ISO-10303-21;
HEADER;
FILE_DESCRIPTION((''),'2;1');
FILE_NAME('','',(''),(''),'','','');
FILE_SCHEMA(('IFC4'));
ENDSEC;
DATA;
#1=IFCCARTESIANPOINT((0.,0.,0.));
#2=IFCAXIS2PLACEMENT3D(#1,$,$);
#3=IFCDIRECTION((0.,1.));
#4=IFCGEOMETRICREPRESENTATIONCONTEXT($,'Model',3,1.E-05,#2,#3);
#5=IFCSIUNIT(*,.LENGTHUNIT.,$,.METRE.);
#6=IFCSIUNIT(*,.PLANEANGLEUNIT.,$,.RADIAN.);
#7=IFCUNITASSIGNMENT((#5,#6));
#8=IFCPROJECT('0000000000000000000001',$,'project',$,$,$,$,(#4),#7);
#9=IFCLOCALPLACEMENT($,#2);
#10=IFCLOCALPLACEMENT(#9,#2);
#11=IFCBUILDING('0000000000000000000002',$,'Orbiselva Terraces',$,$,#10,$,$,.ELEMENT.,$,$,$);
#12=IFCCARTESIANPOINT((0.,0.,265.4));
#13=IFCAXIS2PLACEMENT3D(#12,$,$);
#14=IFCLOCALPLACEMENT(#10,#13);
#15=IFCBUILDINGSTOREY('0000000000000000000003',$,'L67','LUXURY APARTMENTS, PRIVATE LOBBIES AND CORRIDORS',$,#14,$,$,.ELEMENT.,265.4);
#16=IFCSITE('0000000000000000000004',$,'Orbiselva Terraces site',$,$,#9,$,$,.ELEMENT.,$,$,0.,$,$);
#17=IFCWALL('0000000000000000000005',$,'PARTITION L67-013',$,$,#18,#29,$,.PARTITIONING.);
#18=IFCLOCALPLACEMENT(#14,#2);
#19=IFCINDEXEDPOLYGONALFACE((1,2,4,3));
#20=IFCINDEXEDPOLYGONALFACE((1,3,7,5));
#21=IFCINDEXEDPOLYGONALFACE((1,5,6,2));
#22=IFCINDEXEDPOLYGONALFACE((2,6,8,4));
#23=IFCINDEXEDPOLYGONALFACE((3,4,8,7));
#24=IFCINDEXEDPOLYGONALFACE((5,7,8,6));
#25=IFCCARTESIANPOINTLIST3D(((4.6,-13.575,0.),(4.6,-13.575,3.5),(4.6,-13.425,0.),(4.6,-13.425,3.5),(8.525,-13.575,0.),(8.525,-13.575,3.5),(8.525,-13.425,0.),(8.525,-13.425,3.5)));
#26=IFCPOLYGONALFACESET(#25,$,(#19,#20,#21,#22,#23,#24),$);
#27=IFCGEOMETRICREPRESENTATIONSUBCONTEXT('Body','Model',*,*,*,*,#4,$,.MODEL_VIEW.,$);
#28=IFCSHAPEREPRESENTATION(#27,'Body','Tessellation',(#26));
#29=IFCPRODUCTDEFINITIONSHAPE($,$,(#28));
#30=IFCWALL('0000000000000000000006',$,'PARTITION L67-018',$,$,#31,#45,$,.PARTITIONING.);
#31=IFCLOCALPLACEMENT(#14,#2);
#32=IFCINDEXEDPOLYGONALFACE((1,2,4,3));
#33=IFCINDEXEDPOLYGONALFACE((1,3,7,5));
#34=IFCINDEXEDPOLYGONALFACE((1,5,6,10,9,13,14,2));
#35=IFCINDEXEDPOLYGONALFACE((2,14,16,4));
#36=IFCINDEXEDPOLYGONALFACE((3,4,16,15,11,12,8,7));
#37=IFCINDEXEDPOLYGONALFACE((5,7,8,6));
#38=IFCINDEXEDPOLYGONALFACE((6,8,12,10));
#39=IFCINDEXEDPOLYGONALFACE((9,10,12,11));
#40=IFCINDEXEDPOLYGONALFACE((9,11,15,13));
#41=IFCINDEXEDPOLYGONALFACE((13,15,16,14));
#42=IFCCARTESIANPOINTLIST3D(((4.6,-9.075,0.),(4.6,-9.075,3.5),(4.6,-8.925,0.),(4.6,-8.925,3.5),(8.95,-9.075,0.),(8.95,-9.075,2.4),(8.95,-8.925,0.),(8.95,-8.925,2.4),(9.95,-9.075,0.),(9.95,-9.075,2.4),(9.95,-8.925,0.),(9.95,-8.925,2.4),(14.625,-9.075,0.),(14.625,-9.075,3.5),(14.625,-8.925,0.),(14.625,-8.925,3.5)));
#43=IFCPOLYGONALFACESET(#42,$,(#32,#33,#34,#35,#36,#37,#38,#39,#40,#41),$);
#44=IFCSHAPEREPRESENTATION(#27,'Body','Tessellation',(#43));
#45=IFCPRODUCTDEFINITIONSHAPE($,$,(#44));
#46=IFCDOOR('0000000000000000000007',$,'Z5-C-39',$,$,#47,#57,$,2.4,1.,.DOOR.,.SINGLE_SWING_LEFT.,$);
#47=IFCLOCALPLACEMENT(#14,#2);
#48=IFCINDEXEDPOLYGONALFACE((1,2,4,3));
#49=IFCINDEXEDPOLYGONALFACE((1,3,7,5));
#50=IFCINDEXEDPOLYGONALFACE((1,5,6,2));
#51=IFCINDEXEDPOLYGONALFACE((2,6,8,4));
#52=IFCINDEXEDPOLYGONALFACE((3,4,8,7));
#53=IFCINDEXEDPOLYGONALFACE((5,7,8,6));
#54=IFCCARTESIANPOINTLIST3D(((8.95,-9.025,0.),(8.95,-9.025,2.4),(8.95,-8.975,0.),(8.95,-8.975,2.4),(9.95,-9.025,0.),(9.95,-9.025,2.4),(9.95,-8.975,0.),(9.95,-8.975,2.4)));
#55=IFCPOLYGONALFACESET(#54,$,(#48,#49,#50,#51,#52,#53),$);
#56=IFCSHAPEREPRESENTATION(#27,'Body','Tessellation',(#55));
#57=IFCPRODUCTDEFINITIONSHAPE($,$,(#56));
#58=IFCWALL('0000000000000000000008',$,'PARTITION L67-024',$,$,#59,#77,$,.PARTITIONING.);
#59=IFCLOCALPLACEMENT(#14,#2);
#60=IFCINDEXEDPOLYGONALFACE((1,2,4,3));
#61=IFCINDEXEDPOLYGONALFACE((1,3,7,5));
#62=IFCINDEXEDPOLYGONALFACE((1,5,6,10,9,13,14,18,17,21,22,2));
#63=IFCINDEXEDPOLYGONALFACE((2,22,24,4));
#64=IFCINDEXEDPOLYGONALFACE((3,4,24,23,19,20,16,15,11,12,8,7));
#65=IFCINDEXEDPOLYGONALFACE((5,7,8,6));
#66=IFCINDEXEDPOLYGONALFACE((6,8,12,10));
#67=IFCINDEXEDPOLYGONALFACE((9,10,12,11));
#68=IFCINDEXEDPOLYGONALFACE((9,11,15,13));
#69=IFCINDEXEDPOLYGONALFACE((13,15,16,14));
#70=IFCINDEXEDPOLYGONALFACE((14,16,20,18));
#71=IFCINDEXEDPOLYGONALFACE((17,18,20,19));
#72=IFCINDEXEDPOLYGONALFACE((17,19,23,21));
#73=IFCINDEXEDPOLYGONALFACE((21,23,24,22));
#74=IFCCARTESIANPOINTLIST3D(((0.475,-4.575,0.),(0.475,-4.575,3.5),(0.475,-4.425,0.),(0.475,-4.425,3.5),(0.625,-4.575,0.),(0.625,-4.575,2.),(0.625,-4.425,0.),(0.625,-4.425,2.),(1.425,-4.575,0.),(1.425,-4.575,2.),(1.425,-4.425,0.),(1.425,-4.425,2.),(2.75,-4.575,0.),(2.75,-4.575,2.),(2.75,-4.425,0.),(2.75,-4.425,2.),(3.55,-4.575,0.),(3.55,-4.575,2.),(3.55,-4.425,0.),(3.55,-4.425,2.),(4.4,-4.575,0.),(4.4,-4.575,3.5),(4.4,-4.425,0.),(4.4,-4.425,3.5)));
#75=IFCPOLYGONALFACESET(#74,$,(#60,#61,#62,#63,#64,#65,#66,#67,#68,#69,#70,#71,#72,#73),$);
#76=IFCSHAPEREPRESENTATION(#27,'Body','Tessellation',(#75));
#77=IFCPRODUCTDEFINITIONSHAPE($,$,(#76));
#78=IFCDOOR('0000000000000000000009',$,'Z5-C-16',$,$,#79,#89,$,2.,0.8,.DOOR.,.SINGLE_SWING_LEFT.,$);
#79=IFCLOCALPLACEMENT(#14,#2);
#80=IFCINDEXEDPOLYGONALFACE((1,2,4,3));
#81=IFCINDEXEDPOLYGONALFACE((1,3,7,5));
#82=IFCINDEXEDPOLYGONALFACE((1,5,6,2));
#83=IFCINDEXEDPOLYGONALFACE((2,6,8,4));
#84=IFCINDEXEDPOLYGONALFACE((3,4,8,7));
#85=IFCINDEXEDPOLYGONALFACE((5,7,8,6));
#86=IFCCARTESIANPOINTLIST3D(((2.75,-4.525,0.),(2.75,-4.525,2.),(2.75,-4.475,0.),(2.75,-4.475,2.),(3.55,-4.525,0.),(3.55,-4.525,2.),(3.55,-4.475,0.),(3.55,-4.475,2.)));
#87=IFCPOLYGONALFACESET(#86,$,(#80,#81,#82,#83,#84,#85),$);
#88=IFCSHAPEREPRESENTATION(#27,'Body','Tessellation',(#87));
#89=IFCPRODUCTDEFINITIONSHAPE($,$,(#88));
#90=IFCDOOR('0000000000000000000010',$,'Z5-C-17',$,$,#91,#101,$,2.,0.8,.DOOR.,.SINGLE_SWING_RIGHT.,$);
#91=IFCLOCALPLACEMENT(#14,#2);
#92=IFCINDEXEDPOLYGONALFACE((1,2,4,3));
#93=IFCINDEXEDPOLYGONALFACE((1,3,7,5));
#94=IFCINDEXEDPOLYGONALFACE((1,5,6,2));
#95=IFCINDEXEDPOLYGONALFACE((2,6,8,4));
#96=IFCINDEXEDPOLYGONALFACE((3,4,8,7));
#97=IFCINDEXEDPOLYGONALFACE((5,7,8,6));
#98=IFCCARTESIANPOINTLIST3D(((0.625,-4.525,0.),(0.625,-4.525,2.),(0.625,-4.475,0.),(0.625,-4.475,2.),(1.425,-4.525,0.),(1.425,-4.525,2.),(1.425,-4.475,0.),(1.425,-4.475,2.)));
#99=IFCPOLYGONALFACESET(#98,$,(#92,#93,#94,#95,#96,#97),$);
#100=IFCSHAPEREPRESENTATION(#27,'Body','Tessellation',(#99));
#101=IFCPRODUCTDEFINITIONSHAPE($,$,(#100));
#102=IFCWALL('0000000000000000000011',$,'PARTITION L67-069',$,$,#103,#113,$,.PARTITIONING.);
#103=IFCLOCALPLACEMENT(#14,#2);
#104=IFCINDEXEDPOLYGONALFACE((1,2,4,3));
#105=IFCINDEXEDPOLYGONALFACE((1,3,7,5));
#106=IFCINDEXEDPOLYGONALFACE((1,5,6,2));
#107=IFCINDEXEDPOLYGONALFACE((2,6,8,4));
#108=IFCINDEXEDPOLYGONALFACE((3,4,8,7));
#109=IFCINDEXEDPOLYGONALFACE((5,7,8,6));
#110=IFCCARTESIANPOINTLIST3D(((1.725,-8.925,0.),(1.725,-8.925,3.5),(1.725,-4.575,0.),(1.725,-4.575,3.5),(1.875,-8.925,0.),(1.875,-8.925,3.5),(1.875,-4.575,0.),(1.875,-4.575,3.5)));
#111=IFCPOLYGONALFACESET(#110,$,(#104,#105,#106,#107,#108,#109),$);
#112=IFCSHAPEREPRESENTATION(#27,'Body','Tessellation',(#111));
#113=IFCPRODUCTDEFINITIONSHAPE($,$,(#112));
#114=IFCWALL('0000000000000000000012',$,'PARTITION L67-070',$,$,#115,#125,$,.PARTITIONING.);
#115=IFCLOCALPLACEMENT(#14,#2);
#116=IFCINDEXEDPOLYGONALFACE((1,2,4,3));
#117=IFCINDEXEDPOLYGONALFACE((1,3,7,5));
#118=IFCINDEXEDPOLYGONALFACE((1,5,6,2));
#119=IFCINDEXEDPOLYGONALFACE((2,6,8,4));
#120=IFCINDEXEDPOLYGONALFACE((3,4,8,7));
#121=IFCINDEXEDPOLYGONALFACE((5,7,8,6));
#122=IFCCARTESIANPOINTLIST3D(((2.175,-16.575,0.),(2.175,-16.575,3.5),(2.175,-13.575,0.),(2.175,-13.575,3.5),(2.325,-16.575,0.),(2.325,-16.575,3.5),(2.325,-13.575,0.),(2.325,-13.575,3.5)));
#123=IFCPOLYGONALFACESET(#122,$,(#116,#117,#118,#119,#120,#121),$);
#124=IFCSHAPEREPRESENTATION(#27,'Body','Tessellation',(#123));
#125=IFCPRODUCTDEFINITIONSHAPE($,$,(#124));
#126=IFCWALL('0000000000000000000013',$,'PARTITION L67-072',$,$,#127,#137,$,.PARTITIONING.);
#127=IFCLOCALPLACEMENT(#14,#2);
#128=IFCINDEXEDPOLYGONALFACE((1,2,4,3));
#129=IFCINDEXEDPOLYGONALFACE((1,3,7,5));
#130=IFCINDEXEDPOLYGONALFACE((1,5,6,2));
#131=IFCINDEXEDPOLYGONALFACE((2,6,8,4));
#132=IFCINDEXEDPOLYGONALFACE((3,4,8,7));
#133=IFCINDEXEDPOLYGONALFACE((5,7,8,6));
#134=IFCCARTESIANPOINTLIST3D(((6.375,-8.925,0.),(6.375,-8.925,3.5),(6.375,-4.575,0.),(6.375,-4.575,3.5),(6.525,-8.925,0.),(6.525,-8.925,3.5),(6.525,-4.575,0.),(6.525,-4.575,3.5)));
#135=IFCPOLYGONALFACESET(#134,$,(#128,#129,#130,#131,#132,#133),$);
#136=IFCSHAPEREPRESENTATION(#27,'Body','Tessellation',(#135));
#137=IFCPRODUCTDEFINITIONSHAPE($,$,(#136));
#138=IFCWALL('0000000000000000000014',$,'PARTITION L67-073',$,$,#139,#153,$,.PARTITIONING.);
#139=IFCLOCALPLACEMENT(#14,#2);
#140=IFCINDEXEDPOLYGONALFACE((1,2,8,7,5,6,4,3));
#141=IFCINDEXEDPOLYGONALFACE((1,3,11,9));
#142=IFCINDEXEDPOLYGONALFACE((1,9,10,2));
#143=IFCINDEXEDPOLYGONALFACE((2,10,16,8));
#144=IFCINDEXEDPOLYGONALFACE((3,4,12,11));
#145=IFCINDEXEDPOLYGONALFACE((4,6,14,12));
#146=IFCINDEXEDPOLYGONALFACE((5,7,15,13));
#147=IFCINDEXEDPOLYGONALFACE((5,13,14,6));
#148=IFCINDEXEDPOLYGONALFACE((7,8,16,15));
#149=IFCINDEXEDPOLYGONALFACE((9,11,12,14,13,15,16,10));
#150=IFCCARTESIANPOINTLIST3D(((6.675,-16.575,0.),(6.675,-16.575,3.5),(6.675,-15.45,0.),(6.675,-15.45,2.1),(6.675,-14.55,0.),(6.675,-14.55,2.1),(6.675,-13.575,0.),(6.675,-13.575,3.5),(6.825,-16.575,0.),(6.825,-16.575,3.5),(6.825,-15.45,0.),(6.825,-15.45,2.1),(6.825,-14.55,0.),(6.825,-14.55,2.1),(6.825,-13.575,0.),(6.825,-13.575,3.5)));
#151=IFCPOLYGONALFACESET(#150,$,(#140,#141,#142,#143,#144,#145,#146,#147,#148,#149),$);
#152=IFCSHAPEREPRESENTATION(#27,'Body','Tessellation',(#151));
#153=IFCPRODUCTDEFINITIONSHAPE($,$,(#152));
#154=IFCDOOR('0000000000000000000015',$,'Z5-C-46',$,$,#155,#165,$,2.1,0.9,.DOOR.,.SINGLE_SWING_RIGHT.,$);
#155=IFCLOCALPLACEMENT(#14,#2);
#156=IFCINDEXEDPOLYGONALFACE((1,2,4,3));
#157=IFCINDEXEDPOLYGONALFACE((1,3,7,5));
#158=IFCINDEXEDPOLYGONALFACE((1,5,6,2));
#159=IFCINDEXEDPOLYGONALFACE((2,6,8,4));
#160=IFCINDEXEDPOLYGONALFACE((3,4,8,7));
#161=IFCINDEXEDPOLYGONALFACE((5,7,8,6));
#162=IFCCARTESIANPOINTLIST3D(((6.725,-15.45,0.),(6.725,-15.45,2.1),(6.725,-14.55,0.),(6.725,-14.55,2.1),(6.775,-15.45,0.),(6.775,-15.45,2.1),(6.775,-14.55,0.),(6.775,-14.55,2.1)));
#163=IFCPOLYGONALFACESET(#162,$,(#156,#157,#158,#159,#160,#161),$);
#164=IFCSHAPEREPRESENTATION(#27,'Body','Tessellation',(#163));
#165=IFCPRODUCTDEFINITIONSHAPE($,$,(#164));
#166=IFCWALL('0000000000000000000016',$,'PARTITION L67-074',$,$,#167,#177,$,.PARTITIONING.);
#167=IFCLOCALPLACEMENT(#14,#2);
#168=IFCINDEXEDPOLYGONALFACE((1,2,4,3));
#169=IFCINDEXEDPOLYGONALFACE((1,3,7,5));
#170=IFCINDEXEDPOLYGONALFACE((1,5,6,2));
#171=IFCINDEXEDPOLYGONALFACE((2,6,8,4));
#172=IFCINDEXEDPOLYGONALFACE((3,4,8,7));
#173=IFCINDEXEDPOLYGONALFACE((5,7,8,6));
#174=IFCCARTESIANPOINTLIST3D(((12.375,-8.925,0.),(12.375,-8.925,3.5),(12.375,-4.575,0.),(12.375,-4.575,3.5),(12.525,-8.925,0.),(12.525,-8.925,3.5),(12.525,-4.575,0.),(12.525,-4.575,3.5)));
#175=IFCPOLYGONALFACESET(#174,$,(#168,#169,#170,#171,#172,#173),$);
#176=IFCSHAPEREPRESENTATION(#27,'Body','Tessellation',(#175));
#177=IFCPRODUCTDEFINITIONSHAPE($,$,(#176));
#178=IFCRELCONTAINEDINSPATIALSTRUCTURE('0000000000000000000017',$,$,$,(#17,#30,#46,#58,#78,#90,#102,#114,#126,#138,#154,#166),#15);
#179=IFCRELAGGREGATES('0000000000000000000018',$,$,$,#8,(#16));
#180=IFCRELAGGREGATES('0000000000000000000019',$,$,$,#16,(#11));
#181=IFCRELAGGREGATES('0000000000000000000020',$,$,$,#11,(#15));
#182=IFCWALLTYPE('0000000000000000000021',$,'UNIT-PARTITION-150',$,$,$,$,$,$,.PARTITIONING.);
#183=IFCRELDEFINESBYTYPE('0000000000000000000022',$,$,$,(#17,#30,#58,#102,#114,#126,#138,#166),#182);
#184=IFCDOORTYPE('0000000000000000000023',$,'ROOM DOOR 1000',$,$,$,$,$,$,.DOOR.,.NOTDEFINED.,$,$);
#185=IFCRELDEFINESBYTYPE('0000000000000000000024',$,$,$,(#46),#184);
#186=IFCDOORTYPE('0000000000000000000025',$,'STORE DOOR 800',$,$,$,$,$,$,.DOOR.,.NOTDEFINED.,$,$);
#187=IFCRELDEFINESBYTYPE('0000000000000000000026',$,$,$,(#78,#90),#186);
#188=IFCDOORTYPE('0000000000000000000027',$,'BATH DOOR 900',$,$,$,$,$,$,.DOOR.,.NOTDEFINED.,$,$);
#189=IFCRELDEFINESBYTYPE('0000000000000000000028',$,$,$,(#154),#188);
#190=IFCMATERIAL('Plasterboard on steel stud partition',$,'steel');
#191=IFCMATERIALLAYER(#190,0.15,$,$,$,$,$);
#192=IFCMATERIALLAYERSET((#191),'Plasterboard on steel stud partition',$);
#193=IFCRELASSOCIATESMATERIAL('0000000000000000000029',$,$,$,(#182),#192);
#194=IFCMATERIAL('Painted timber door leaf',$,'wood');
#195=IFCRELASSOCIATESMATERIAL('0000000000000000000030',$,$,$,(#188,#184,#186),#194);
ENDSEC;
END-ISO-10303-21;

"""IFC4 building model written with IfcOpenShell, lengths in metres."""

from ifc_helpers import new_model, si_unit, direction, frame, frame_2d, origin, place, context, subcontext, project, spatial, rectangle, extrude, material, layer, layer_set, type_object, element, fill, save


model = new_model("IFC4")

# Units and contexts
model_context = context("Model", 3, precision=1e-05, world=origin(), true_north=direction((0.0, 1.0)))
body_context = subcontext(model_context, "Body", "Model", "MODEL_VIEW")
ifc_project = project(units=[si_unit("LENGTHUNIT", "METRE"), si_unit("PLANEANGLEUNIT", "RADIAN")], contexts=[model_context])

# Site, building, storey
site_placement = place(None, origin())
site = spatial("IfcSite", under=ifc_project, at=site_placement, Name="Orbiselva Terraces site", CompositionType="ELEMENT", RefElevation=0.0)
building_placement = place(site_placement, origin())
building = spatial("IfcBuilding", under=site, at=building_placement, Name="Orbiselva Terraces", CompositionType="ELEMENT")
storey_placement = place(building_placement, frame((0.0, 0.0, 265.4)))
storey = spatial("IfcBuildingStorey", under=building, at=storey_placement, Name="L67", Description="LUXURY APARTMENTS, PRIVATE LOBBIES AND CORRIDORS", CompositionType="ELEMENT", Elevation=265.4)

# Shared definitions
ifc_material_1 = material(Name="Plasterboard on steel stud partition", Category="steel")
ifc_layer_1 = layer(ifc_material_1, 0.15)
ifc_layer_set_1 = layer_set([ifc_layer_1], Name="Plasterboard on steel stud partition")
wall_type_1 = type_object("IfcWallType", Name="UNIT-PARTITION-150", PredefinedType="PARTITIONING", material=ifc_layer_set_1)
ifc_material_2 = material(Name="Painted timber door leaf", Category="wood")
door_type_1 = type_object("IfcDoorType", Name="BATH DOOR 900", OperationType="NOTDEFINED", PredefinedType="DOOR", material=ifc_material_2)

# Wall
for number, where, z_axis, x_axis, name in (
    (1, (4.6, -13.5, 0.0), (0.0, 0.0, 1.0), (1.0, 0.0, 0.0), "PARTITION L67-013"),
):
    element("IfcWall", number, at=place(storey_placement, frame(where, z_axis=z_axis, x_axis=x_axis)), inside=storey, type_object=wall_type_1, Name=name, PredefinedType="PARTITIONING", context=body_context, shape_type="SweptSolid", body=[
        extrude(rectangle(XDim=3.925, YDim=0.15, at=frame_2d((1.9625, 0.0))), origin(), (0.0, 0.0, 1.0), 3.5),
    ])

# Wall, opening, door
wall_1_placement = place(storey_placement, frame((4.6, -9.0, 0.0), z_axis=(0.0, 0.0, 1.0), x_axis=(1.0, 0.0, 0.0)))
wall_1 = element("IfcWall", 2, at=wall_1_placement, inside=storey, type_object=wall_type_1, Name="PARTITION L67-018", PredefinedType="PARTITIONING", context=body_context, shape_type="SweptSolid", body=[
    extrude(rectangle(XDim=10.025, YDim=0.15, at=frame_2d((5.0125, 0.0))), origin(), (0.0, 0.0, 1.0), 3.5),
])
opening_1_placement = place(wall_1_placement, frame((4.35, 0.0, 0.0)))
opening_1 = element("IfcOpeningElement", 3, at=opening_1_placement, cuts=wall_1, PredefinedType="OPENING", context=body_context, shape_type="SweptSolid", body=[
    extrude(rectangle(XDim=1.0, YDim=2.4, at=frame_2d((0.5, 1.2))), frame((0.0, 0.085, 0.0), z_axis=(0.0, -1.0, 0.0), x_axis=(1.0, 0.0, 0.0)), (0.0, 0.0, 1.0), 0.17),
])
door_type_2 = type_object("IfcDoorType", Name="ROOM DOOR 1000", OperationType="NOTDEFINED", PredefinedType="DOOR", material=ifc_material_2)
door_1_placement = place(opening_1_placement, origin())
door_1 = element("IfcDoor", 4, at=door_1_placement, inside=storey, type_object=door_type_2, Name="Z5-C-39", OperationType="SINGLE_SWING_LEFT", OverallHeight=2.4, OverallWidth=1.0, PredefinedType="DOOR", context=body_context, shape_type="SweptSolid", body=[
    extrude(rectangle(XDim=1.0, YDim=2.4, at=frame_2d((0.5, 1.2))), frame((0.0, 0.025, 0.0), z_axis=(0.0, -1.0, 0.0), x_axis=(1.0, 0.0, 0.0)), (0.0, 0.0, 1.0), 0.05),
])
fill(opening_1, door_1)

# Wall, openings, doors
wall_2_placement = place(storey_placement, frame((4.4, -4.5, 0.0), z_axis=(0.0, 0.0, 1.0), x_axis=(-1.0, 0.0, 0.0)))
wall_2 = element("IfcWall", 5, at=wall_2_placement, inside=storey, type_object=wall_type_1, Name="PARTITION L67-024", PredefinedType="PARTITIONING", context=body_context, shape_type="SweptSolid", body=[
    extrude(rectangle(XDim=3.925, YDim=0.15, at=frame_2d((1.9625, 0.0))), origin(), (0.0, 0.0, 1.0), 3.5),
])
opening_2_placement = place(wall_2_placement, frame((0.85, 0.0, 0.0)))
opening_2 = element("IfcOpeningElement", 6, at=opening_2_placement, cuts=wall_2, PredefinedType="OPENING", context=body_context, shape_type="SweptSolid", body=[
    extrude(rectangle(XDim=0.8, YDim=2.0, at=frame_2d((0.4, 1.0))), frame((0.0, 0.085, 0.0), z_axis=(0.0, -1.0, 0.0), x_axis=(1.0, 0.0, 0.0)), (0.0, 0.0, 1.0), 0.17),
])
opening_3_placement = place(wall_2_placement, frame((2.975, 0.0, 0.0)))
opening_3 = element("IfcOpeningElement", 7, at=opening_3_placement, cuts=wall_2, PredefinedType="OPENING", context=body_context, shape_type="SweptSolid", body=[
    extrude(rectangle(XDim=0.8, YDim=2.0, at=frame_2d((0.4, 1.0))), frame((0.0, 0.085, 0.0), z_axis=(0.0, -1.0, 0.0), x_axis=(1.0, 0.0, 0.0)), (0.0, 0.0, 1.0), 0.17),
])
door_type_3 = type_object("IfcDoorType", Name="STORE DOOR 800", OperationType="NOTDEFINED", PredefinedType="DOOR", material=ifc_material_2)
door_2_placement = place(opening_2_placement, origin())
door_2 = element("IfcDoor", 8, at=door_2_placement, inside=storey, type_object=door_type_3, Name="Z5-C-16", OperationType="SINGLE_SWING_LEFT", OverallHeight=2.0, OverallWidth=0.8, PredefinedType="DOOR", context=body_context, shape_type="SweptSolid", body=[
    extrude(rectangle(XDim=0.8, YDim=2.0, at=frame_2d((0.4, 1.0))), frame((0.0, 0.025, 0.0), z_axis=(0.0, -1.0, 0.0), x_axis=(1.0, 0.0, 0.0)), (0.0, 0.0, 1.0), 0.05),
])
fill(opening_2, door_2)
door_3_placement = place(opening_3_placement, origin())
door_3 = element("IfcDoor", 9, at=door_3_placement, inside=storey, type_object=door_type_3, Name="Z5-C-17", OperationType="SINGLE_SWING_RIGHT", OverallHeight=2.0, OverallWidth=0.8, PredefinedType="DOOR", context=body_context, shape_type="SweptSolid", body=[
    extrude(rectangle(XDim=0.8, YDim=2.0, at=frame_2d((0.4, 1.0))), frame((0.0, 0.025, 0.0), z_axis=(0.0, -1.0, 0.0), x_axis=(1.0, 0.0, 0.0)), (0.0, 0.0, 1.0), 0.05),
])
fill(opening_3, door_3)

# Walls
wall_3_placement = place(storey_placement, frame((1.8, -8.925, 0.0), z_axis=(0.0, 0.0, 1.0), x_axis=(0.0, 1.0, 0.0)))
element("IfcWall", 10, at=wall_3_placement, inside=storey, type_object=wall_type_1, Name="PARTITION L67-069", PredefinedType="PARTITIONING", context=body_context, shape_type="SweptSolid", body=[
    extrude(rectangle(XDim=4.35, YDim=0.15, at=frame_2d((2.175, 0.0))), origin(), (0.0, 0.0, 1.0), 3.5),
])
wall_4_placement = place(storey_placement, frame((2.25, -16.575, 0.0), z_axis=(0.0, 0.0, 1.0), x_axis=(0.0, 1.0, 0.0)))
element("IfcWall", 11, at=wall_4_placement, inside=storey, type_object=wall_type_1, Name="PARTITION L67-070", PredefinedType="PARTITIONING", context=body_context, shape_type="SweptSolid", body=[
    extrude(rectangle(XDim=3.0, YDim=0.15, at=frame_2d((1.5, 0.0))), origin(), (0.0, 0.0, 1.0), 3.5),
])
wall_5_placement = place(storey_placement, frame((6.45, -8.925, 0.0), z_axis=(0.0, 0.0, 1.0), x_axis=(0.0, 1.0, 0.0)))
element("IfcWall", 12, at=wall_5_placement, inside=storey, type_object=wall_type_1, Name="PARTITION L67-072", PredefinedType="PARTITIONING", context=body_context, shape_type="SweptSolid", body=[
    extrude(rectangle(XDim=4.35, YDim=0.15, at=frame_2d((2.175, 0.0))), origin(), (0.0, 0.0, 1.0), 3.5),
])

# Wall, opening, door
wall_6_placement = place(storey_placement, frame((6.75, -16.575, 0.0), z_axis=(0.0, 0.0, 1.0), x_axis=(0.0, 1.0, 0.0)))
wall_6 = element("IfcWall", 13, at=wall_6_placement, inside=storey, type_object=wall_type_1, Name="PARTITION L67-073", PredefinedType="PARTITIONING", context=body_context, shape_type="SweptSolid", body=[
    extrude(rectangle(XDim=3.0, YDim=0.15, at=frame_2d((1.5, 0.0))), origin(), (0.0, 0.0, 1.0), 3.5),
])
opening_4_placement = place(wall_6_placement, frame((1.125, 0.0, 0.0)))
opening_4 = element("IfcOpeningElement", 14, at=opening_4_placement, cuts=wall_6, PredefinedType="OPENING", context=body_context, shape_type="SweptSolid", body=[
    extrude(rectangle(XDim=0.9, YDim=2.1, at=frame_2d((0.45, 1.05))), frame((0.0, 0.085, 0.0), z_axis=(0.0, -1.0, 0.0), x_axis=(1.0, 0.0, 0.0)), (0.0, 0.0, 1.0), 0.17),
])
door_4_placement = place(opening_4_placement, origin())
door_4 = element("IfcDoor", 15, at=door_4_placement, inside=storey, type_object=door_type_1, Name="Z5-C-46", OperationType="SINGLE_SWING_RIGHT", OverallHeight=2.1, OverallWidth=0.9, PredefinedType="DOOR", context=body_context, shape_type="SweptSolid", body=[
    extrude(rectangle(XDim=0.9, YDim=2.1, at=frame_2d((0.45, 1.05))), frame((0.0, 0.025, 0.0), z_axis=(0.0, -1.0, 0.0), x_axis=(1.0, 0.0, 0.0)), (0.0, 0.0, 1.0), 0.05),
])
fill(opening_4, door_4)

# Wall
wall_7_placement = place(storey_placement, frame((12.45, -8.925, 0.0), z_axis=(0.0, 0.0, 1.0), x_axis=(0.0, 1.0, 0.0)))
element("IfcWall", 16, at=wall_7_placement, inside=storey, type_object=wall_type_1, Name="PARTITION L67-074", PredefinedType="PARTITIONING", context=body_context, shape_type="SweptSolid", body=[
    extrude(rectangle(XDim=4.35, YDim=0.15, at=frame_2d((2.175, 0.0))), origin(), (0.0, 0.0, 1.0), 3.5),
])

save(model, "model.ifc")
